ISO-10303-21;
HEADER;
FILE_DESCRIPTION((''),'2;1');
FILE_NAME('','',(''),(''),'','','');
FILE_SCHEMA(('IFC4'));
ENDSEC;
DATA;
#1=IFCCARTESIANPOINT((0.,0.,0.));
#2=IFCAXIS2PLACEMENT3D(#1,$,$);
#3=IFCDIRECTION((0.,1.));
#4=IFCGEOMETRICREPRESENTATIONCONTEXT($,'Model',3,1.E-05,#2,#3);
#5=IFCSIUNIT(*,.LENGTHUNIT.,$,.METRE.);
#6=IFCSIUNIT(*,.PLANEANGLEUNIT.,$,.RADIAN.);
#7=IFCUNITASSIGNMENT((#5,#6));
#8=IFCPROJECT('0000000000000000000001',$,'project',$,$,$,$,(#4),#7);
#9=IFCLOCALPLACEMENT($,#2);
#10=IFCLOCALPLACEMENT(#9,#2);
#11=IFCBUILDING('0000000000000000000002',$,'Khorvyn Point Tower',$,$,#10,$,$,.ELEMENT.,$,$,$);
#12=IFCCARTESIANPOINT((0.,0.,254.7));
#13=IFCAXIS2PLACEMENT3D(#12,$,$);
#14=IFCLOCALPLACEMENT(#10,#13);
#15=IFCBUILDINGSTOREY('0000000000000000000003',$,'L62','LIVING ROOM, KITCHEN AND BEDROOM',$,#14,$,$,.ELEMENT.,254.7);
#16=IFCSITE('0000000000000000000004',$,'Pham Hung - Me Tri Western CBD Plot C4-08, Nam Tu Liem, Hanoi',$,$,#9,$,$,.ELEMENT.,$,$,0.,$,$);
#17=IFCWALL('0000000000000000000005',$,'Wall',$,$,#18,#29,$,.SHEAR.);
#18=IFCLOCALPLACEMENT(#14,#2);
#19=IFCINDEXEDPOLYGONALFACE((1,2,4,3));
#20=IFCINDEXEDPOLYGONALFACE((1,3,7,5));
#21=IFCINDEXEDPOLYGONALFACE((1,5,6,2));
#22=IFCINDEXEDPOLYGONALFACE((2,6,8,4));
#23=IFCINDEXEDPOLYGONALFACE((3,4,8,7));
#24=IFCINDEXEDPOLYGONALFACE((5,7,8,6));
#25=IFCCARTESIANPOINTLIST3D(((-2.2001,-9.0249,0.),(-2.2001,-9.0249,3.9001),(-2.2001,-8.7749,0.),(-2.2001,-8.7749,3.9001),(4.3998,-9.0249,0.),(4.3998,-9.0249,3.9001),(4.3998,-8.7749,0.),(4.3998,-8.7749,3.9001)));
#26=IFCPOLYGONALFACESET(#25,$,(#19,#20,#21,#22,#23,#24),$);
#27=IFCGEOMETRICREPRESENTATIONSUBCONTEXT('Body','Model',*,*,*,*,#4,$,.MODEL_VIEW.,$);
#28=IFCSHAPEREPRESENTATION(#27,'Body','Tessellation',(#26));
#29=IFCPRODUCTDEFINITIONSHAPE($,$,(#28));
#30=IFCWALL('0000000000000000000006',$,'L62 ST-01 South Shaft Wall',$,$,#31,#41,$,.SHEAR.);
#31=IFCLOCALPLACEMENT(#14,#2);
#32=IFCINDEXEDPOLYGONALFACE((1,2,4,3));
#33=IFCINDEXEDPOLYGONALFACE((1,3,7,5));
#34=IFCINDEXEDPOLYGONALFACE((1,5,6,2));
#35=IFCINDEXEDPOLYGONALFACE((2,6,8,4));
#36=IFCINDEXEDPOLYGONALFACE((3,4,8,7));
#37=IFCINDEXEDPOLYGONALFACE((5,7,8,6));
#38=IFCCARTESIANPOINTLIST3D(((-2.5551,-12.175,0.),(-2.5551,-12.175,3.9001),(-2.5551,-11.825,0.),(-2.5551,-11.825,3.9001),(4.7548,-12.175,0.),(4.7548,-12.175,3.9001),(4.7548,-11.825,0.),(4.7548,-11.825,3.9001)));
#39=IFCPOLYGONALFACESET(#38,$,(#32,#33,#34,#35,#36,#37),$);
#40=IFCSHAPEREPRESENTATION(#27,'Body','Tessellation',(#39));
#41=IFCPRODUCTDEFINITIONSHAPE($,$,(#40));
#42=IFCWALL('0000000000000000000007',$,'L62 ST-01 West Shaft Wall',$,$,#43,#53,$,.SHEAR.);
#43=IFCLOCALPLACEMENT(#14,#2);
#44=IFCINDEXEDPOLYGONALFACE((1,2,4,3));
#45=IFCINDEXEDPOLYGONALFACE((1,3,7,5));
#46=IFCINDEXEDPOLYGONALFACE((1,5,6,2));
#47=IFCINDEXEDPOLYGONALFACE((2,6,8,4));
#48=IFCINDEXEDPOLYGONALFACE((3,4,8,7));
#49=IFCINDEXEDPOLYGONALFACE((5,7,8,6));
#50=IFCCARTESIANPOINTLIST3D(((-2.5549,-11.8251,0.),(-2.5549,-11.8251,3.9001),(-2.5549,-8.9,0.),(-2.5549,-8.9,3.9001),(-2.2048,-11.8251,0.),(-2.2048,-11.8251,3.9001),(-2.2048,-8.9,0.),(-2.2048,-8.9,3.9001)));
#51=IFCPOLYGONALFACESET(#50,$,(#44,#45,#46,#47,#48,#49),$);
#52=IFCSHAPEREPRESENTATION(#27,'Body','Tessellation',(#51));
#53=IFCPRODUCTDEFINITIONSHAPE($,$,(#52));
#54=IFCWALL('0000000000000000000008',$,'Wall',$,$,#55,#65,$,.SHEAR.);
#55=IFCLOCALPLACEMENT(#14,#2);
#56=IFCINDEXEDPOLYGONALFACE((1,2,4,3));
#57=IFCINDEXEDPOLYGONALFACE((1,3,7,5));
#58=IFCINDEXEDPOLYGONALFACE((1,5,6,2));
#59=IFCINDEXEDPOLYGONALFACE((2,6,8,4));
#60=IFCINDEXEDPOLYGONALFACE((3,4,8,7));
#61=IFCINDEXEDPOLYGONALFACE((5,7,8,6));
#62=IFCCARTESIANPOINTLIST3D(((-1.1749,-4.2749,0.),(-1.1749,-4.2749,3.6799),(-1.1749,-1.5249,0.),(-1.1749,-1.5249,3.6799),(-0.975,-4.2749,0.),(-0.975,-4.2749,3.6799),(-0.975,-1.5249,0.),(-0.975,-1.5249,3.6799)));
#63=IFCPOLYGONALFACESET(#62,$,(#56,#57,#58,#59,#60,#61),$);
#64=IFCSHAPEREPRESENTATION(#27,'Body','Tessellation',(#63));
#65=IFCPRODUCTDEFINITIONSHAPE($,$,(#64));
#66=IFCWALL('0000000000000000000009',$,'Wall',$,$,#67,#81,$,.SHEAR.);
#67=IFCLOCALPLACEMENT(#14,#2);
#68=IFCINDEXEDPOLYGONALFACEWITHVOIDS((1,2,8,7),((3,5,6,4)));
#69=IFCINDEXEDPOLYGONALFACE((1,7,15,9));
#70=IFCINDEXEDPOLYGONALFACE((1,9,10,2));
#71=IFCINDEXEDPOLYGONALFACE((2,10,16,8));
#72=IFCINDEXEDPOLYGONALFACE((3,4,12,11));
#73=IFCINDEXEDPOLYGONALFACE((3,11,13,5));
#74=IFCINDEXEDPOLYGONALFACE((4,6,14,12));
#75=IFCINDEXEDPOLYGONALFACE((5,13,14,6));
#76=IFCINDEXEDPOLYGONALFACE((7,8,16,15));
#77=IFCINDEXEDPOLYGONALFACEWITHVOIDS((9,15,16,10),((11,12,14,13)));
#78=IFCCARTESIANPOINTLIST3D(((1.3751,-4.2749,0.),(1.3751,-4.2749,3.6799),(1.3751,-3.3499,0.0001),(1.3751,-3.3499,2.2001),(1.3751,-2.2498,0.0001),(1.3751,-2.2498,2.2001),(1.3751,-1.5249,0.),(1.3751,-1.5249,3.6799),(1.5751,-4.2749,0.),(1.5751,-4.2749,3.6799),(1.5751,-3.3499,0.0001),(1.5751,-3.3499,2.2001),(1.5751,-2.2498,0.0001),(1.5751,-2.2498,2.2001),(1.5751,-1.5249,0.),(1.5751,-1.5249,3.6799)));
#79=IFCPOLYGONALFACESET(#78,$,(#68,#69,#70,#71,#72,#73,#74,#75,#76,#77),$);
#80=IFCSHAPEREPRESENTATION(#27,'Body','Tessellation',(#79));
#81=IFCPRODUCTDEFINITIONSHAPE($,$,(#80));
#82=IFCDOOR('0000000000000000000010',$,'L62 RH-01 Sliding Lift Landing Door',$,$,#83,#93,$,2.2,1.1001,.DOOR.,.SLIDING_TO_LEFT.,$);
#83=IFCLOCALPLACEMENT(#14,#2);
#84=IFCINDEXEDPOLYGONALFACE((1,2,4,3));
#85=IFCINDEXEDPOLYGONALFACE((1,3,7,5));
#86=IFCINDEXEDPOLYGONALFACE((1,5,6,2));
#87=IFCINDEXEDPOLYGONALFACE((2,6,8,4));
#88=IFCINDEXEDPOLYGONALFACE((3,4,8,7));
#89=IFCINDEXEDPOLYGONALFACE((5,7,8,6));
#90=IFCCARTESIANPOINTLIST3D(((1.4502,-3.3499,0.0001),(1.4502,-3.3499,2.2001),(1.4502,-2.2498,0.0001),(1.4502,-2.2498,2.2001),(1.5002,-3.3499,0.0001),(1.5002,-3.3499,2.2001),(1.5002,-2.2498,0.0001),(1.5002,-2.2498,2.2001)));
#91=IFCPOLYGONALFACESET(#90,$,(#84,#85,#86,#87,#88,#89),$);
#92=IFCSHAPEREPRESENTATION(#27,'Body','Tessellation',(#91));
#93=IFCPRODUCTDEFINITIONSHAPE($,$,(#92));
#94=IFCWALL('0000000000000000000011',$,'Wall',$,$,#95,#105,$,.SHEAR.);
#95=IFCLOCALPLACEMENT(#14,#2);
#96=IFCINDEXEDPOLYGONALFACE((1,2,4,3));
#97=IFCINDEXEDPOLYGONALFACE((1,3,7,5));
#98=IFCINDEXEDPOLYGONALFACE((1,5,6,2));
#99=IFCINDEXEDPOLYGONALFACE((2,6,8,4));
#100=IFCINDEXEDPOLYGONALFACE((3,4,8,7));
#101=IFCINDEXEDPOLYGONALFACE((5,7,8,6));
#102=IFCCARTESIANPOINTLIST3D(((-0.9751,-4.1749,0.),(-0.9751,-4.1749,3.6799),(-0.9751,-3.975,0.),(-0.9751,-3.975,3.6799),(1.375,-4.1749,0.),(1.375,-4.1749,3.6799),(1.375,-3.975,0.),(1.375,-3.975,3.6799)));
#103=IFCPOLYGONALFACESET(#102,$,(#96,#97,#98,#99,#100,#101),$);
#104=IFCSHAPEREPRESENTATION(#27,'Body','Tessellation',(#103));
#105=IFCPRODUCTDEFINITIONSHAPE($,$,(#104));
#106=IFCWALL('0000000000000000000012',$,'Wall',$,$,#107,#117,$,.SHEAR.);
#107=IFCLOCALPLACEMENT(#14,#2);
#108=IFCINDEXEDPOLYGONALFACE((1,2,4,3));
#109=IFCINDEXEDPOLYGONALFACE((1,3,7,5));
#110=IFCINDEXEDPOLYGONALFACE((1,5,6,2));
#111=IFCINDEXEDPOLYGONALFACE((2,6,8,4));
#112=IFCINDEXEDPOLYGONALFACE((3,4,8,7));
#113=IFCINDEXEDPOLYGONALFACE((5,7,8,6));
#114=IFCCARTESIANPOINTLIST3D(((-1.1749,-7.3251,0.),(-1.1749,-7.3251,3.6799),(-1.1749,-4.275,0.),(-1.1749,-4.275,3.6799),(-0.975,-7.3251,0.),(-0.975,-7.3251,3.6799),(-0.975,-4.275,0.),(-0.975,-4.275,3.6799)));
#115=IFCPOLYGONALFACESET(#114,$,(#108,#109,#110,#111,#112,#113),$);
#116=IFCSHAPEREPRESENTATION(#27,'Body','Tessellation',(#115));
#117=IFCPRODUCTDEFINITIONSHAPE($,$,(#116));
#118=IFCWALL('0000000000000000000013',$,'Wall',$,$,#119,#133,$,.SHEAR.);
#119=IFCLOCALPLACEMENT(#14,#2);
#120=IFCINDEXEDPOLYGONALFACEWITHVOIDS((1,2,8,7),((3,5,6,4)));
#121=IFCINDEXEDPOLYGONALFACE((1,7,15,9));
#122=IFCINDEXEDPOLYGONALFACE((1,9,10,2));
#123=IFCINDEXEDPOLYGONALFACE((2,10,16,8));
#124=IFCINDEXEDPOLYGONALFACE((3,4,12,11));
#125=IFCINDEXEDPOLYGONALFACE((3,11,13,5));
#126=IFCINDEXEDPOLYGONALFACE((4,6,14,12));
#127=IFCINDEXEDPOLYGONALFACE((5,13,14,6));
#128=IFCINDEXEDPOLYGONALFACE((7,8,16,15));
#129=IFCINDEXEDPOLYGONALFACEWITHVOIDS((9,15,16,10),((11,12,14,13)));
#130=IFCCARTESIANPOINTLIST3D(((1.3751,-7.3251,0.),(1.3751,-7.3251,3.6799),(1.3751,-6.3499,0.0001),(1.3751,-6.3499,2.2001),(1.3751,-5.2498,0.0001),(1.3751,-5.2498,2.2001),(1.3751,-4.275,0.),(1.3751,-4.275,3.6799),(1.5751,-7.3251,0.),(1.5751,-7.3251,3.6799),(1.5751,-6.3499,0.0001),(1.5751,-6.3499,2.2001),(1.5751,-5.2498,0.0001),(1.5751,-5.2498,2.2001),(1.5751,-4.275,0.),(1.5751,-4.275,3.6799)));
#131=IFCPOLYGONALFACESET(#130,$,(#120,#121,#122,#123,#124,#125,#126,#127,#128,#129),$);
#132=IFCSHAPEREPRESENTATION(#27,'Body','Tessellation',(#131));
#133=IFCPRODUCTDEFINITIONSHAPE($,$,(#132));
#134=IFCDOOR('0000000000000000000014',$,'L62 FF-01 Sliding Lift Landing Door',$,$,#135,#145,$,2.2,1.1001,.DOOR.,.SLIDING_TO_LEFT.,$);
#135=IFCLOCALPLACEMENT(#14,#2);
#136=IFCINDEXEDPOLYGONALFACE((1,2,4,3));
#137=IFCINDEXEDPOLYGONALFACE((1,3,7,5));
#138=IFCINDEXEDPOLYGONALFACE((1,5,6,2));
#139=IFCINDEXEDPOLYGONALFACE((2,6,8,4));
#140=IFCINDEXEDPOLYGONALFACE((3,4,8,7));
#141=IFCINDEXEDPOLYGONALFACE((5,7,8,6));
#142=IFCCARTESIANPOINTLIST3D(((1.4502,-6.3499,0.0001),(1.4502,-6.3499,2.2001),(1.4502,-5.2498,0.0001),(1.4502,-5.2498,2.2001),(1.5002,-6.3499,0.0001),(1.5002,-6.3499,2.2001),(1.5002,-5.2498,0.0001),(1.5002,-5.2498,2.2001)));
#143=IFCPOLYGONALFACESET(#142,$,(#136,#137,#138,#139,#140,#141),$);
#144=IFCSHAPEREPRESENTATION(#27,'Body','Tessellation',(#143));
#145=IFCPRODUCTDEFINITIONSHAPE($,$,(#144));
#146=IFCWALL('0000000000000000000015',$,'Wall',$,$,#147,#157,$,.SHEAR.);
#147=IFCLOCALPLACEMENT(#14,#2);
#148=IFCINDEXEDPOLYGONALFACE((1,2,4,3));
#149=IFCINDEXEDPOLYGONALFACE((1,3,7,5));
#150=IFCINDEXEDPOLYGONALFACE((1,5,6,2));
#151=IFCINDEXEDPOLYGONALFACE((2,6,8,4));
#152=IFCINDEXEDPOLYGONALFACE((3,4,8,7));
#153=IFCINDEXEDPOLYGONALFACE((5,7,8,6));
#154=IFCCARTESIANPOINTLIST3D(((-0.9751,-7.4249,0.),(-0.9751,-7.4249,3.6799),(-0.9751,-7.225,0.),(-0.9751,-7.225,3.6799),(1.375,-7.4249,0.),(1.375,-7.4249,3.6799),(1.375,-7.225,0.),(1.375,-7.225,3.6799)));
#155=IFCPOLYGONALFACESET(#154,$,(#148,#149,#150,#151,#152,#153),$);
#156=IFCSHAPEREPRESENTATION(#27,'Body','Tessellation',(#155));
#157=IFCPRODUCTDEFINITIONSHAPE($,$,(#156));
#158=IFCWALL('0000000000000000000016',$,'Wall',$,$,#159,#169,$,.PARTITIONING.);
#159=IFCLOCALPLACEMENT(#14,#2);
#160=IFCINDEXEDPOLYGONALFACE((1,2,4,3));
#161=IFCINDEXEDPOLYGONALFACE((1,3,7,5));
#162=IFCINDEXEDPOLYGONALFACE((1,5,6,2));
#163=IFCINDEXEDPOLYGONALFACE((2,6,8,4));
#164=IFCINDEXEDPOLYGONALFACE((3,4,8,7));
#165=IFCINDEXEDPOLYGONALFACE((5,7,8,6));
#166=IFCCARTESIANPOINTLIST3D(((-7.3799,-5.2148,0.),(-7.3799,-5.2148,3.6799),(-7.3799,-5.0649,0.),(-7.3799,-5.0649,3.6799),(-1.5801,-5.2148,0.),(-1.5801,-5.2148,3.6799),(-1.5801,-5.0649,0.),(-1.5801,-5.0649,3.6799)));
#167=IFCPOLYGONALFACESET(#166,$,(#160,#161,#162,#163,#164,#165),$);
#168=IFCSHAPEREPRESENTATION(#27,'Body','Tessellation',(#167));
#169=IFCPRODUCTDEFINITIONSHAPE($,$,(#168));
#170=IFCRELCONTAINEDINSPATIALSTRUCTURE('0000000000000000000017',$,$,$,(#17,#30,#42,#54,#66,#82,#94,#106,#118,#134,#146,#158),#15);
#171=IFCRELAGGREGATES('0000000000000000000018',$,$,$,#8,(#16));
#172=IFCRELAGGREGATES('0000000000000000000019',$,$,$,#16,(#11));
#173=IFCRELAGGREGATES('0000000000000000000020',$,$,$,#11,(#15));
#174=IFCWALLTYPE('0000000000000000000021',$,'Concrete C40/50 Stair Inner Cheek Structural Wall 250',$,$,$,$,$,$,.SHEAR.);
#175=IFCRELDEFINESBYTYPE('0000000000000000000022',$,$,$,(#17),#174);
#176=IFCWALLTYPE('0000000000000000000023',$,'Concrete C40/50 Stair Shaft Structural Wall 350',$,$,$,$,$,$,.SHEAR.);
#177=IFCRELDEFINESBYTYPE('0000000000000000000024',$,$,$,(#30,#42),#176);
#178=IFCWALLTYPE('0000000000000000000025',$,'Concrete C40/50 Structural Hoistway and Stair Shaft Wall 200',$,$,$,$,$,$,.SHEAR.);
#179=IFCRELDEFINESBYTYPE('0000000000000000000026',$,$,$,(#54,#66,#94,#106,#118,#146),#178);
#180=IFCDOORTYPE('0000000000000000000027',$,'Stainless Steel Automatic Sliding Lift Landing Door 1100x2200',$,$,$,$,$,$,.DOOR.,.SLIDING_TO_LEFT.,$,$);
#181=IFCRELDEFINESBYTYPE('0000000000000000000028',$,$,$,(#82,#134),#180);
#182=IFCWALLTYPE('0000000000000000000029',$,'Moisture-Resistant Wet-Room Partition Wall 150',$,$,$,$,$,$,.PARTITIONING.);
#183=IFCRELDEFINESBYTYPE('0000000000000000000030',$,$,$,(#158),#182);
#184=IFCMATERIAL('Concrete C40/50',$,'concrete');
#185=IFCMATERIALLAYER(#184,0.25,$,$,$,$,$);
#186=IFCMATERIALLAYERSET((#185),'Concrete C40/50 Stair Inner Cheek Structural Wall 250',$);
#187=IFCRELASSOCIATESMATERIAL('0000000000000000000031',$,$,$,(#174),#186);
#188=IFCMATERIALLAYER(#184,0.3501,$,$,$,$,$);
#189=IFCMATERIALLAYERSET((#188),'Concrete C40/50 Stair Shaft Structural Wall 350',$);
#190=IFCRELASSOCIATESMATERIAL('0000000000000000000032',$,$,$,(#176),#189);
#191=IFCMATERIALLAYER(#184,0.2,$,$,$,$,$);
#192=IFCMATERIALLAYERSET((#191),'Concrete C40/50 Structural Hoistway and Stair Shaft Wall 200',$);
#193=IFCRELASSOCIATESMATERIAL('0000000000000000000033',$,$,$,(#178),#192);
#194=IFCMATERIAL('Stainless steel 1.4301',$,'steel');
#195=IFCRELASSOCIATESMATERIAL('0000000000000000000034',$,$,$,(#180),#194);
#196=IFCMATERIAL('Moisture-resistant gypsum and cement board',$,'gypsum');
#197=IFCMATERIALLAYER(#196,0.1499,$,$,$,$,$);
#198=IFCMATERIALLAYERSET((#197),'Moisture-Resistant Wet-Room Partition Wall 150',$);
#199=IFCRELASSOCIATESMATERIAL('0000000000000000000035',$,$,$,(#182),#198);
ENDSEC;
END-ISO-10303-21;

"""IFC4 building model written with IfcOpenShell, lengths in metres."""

from ifc_helpers import new_model, si_unit, direction, frame, frame_2d, origin, place, context, subcontext, project, spatial, rectangle, extrude, material, layer, layer_set, type_object, element, fill, save


model = new_model("IFC4")

# Units and contexts
model_context = context("Model", 3, precision=1e-05, world=origin(), true_north=direction((0.0, 1.0)))
body_context = subcontext(model_context, "Body", "Model", "MODEL_VIEW")
ifc_project = project(units=[si_unit("LENGTHUNIT", "METRE"), si_unit("PLANEANGLEUNIT", "RADIAN")], contexts=[model_context])

# Site, building, storey
site_placement = place(None, origin())
site = spatial("IfcSite", under=ifc_project, at=site_placement, Name="Pham Hung - Me Tri Western CBD Plot C4-08, Nam Tu Liem, Hanoi", CompositionType="ELEMENT", RefElevation=0.0)
building_placement = place(site_placement, origin())
building = spatial("IfcBuilding", under=site, at=building_placement, Name="Khorvyn Point Tower", CompositionType="ELEMENT")
storey_placement = place(building_placement, frame((0.0, 0.0, 254.7)))
storey = spatial("IfcBuildingStorey", under=building, at=storey_placement, Name="L62", Description="LIVING ROOM, KITCHEN AND BEDROOM", CompositionType="ELEMENT", Elevation=254.7)

# Shared definitions
ifc_material_1 = material(Name="Concrete C40/50", Category="concrete")

# Walls
ifc_layer_1 = layer(ifc_material_1, 0.25)
ifc_layer_set_1 = layer_set([ifc_layer_1], Name="Concrete C40/50 Stair Inner Cheek Structural Wall 250")
wall_type_1 = type_object("IfcWallType", Name="Concrete C40/50 Stair Inner Cheek Structural Wall 250", PredefinedType="SHEAR", material=ifc_layer_set_1)
wall_1_placement = place(storey_placement, frame((-2.2, -8.8999, 0.0), z_axis=(0.0, 0.0, 1.0), x_axis=(1.0, 0.0, 0.0)))
element("IfcWall", 1, at=wall_1_placement, inside=storey, type_object=wall_type_1, Name="Wall", PredefinedType="SHEAR", context=body_context, shape_type="SweptSolid", body=[
    extrude(rectangle(XDim=6.5999, YDim=0.25, at=frame_2d((3.2998, 0.0))), origin(), (0.0, 0.0, 1.0), 3.9001),
])
ifc_layer_2 = layer(ifc_material_1, 0.3501)
ifc_layer_set_2 = layer_set([ifc_layer_2], Name="Concrete C40/50 Stair Shaft Structural Wall 350")
wall_type_2 = type_object("IfcWallType", Name="Concrete C40/50 Stair Shaft Structural Wall 350", PredefinedType="SHEAR", material=ifc_layer_set_2)
wall_2_placement = place(storey_placement, frame((-2.5549, -12.0, 0.0), z_axis=(0.0, 0.0, 1.0), x_axis=(1.0, 0.0, 0.0)))
element("IfcWall", 2, at=wall_2_placement, inside=storey, type_object=wall_type_2, Name="L62 ST-01 South Shaft Wall", PredefinedType="SHEAR", context=body_context, shape_type="SweptSolid", body=[
    extrude(rectangle(XDim=7.3098, YDim=0.3501, at=frame_2d((3.6548, 0.0))), origin(), (0.0, 0.0, 1.0), 3.9001),
])
wall_3_placement = place(storey_placement, frame((-2.3799, -11.825, 0.0), z_axis=(0.0, 0.0, 1.0), x_axis=(0.0, 1.0, 0.0)))
element("IfcWall", 3, at=wall_3_placement, inside=storey, type_object=wall_type_2, Name="L62 ST-01 West Shaft Wall", PredefinedType="SHEAR", context=body_context, shape_type="SweptSolid", body=[
    extrude(rectangle(XDim=2.925, YDim=0.3501, at=frame_2d((1.4624, 0.0))), origin(), (0.0, 0.0, 1.0), 3.9001),
])
ifc_layer_3 = layer(ifc_material_1, 0.2)
ifc_layer_set_3 = layer_set([ifc_layer_3], Name="Concrete C40/50 Structural Hoistway and Stair Shaft Wall 200")
wall_type_3 = type_object("IfcWallType", Name="Concrete C40/50 Structural Hoistway and Stair Shaft Wall 200", PredefinedType="SHEAR", material=ifc_layer_set_3)
wall_4_placement = place(storey_placement, frame((-1.075, -4.2749, 0.0), z_axis=(0.0, 0.0, 1.0), x_axis=(0.0, 1.0, 0.0)))
element("IfcWall", 4, at=wall_4_placement, inside=storey, type_object=wall_type_3, Name="Wall", PredefinedType="SHEAR", context=body_context, shape_type="SweptSolid", body=[
    extrude(rectangle(XDim=2.75, YDim=0.2, at=frame_2d((1.375, 0.0))), origin(), (0.0, 0.0, 1.0), 3.6799),
])

# Wall, opening, door
wall_5_placement = place(storey_placement, frame((1.4751, -4.2749, 0.0), z_axis=(0.0, 0.0, 1.0), x_axis=(0.0, 1.0, 0.0)))
wall_5 = element("IfcWall", 5, at=wall_5_placement, inside=storey, type_object=wall_type_3, Name="Wall", PredefinedType="SHEAR", context=body_context, shape_type="SweptSolid", body=[
    extrude(rectangle(XDim=2.75, YDim=0.2, at=frame_2d((1.375, 0.0))), origin(), (0.0, 0.0, 1.0), 3.6799),
])
opening_1_placement = place(wall_5_placement, frame((0.925, 0.0, 0.0)))
opening_1 = element("IfcOpeningElement", 6, at=opening_1_placement, cuts=wall_5, PredefinedType="OPENING", context=body_context, shape_type="SweptSolid", body=[
    extrude(rectangle(XDim=1.1001, YDim=2.2, at=frame_2d((0.55, 1.1001))), frame((0.0, 0.1099, 0.0), z_axis=(0.0, -1.0, 0.0), x_axis=(1.0, 0.0, 0.0)), (0.0, 0.0, 1.0), 0.22),
])
ifc_material_2 = material(Name="Stainless steel 1.4301", Category="steel")
door_type_1 = type_object("IfcDoorType", Name="Stainless Steel Automatic Sliding Lift Landing Door 1100x2200", OperationType="SLIDING_TO_LEFT", PredefinedType="DOOR", material=ifc_material_2)
door_1_placement = place(opening_1_placement, origin())
door_1 = element("IfcDoor", 7, at=door_1_placement, inside=storey, type_object=door_type_1, Name="L62 RH-01 Sliding Lift Landing Door", OperationType="SLIDING_TO_LEFT", OverallHeight=2.2, OverallWidth=1.1001, PredefinedType="DOOR", context=body_context, shape_type="SweptSolid", body=[
    extrude(rectangle(XDim=1.1001, YDim=2.2, at=frame_2d((0.55, 1.1001))), frame((0.0, 0.0249, 0.0), z_axis=(0.0, -1.0, 0.0), x_axis=(1.0, 0.0, 0.0)), (0.0, 0.0, 1.0), 0.05),
])
fill(opening_1, door_1)

# Walls
wall_6_placement = place(storey_placement, frame((-0.9751, -4.075, 0.0), z_axis=(0.0, 0.0, 1.0), x_axis=(1.0, 0.0, 0.0)))
element("IfcWall", 8, at=wall_6_placement, inside=storey, type_object=wall_type_3, Name="Wall", PredefinedType="SHEAR", context=body_context, shape_type="SweptSolid", body=[
    extrude(rectangle(XDim=2.3501, YDim=0.2, at=frame_2d((1.175, 0.0))), origin(), (0.0, 0.0, 1.0), 3.6799),
])
wall_7_placement = place(storey_placement, frame((-1.075, -7.325, 0.0), z_axis=(0.0, 0.0, 1.0), x_axis=(0.0, 1.0, 0.0)))
element("IfcWall", 9, at=wall_7_placement, inside=storey, type_object=wall_type_3, Name="Wall", PredefinedType="SHEAR", context=body_context, shape_type="SweptSolid", body=[
    extrude(rectangle(XDim=3.05, YDim=0.2, at=frame_2d((1.5249, 0.0))), origin(), (0.0, 0.0, 1.0), 3.6799),
])

# Wall, opening, door
wall_8_placement = place(storey_placement, frame((1.4751, -7.325, 0.0), z_axis=(0.0, 0.0, 1.0), x_axis=(0.0, 1.0, 0.0)))
wall_8 = element("IfcWall", 10, at=wall_8_placement, inside=storey, type_object=wall_type_3, Name="Wall", PredefinedType="SHEAR", context=body_context, shape_type="SweptSolid", body=[
    extrude(rectangle(XDim=3.05, YDim=0.2, at=frame_2d((1.5249, 0.0))), origin(), (0.0, 0.0, 1.0), 3.6799),
])
opening_2_placement = place(wall_8_placement, frame((0.9751, 0.0, 0.0)))
opening_2 = element("IfcOpeningElement", 11, at=opening_2_placement, cuts=wall_8, PredefinedType="OPENING", context=body_context, shape_type="SweptSolid", body=[
    extrude(rectangle(XDim=1.1001, YDim=2.2, at=frame_2d((0.55, 1.1001))), frame((0.0, 0.1099, 0.0), z_axis=(0.0, -1.0, 0.0), x_axis=(1.0, 0.0, 0.0)), (0.0, 0.0, 1.0), 0.22),
])
door_2_placement = place(opening_2_placement, origin())
door_2 = element("IfcDoor", 12, at=door_2_placement, inside=storey, type_object=door_type_1, Name="L62 FF-01 Sliding Lift Landing Door", OperationType="SLIDING_TO_LEFT", OverallHeight=2.2, OverallWidth=1.1001, PredefinedType="DOOR", context=body_context, shape_type="SweptSolid", body=[
    extrude(rectangle(XDim=1.1001, YDim=2.2, at=frame_2d((0.55, 1.1001))), frame((0.0, 0.0249, 0.0), z_axis=(0.0, -1.0, 0.0), x_axis=(1.0, 0.0, 0.0)), (0.0, 0.0, 1.0), 0.05),
])
fill(opening_2, door_2)

# Walls
wall_9_placement = place(storey_placement, frame((-0.9751, -7.325, 0.0), z_axis=(0.0, 0.0, 1.0), x_axis=(1.0, 0.0, 0.0)))
element("IfcWall", 13, at=wall_9_placement, inside=storey, type_object=wall_type_3, Name="Wall", PredefinedType="SHEAR", context=body_context, shape_type="SweptSolid", body=[
    extrude(rectangle(XDim=2.3501, YDim=0.2, at=frame_2d((1.175, 0.0))), origin(), (0.0, 0.0, 1.0), 3.6799),
])
ifc_material_3 = material(Name="Moisture-resistant gypsum and cement board", Category="gypsum")
ifc_layer_4 = layer(ifc_material_3, 0.1499)
ifc_layer_set_4 = layer_set([ifc_layer_4], Name="Moisture-Resistant Wet-Room Partition Wall 150")
wall_type_4 = type_object("IfcWallType", Name="Moisture-Resistant Wet-Room Partition Wall 150", PredefinedType="PARTITIONING", material=ifc_layer_set_4)
wall_10_placement = place(storey_placement, frame((-7.3799, -5.1399, 0.0), z_axis=(0.0, 0.0, 1.0), x_axis=(1.0, 0.0, 0.0)))
element("IfcWall", 14, at=wall_10_placement, inside=storey, type_object=wall_type_4, Name="Wall", PredefinedType="PARTITIONING", context=body_context, shape_type="SweptSolid", body=[
    extrude(rectangle(XDim=5.7998, YDim=0.1499, at=frame_2d((2.8999, 0.0))), origin(), (0.0, 0.0, 1.0), 3.6799),
])

save(model, "model.ifc")
